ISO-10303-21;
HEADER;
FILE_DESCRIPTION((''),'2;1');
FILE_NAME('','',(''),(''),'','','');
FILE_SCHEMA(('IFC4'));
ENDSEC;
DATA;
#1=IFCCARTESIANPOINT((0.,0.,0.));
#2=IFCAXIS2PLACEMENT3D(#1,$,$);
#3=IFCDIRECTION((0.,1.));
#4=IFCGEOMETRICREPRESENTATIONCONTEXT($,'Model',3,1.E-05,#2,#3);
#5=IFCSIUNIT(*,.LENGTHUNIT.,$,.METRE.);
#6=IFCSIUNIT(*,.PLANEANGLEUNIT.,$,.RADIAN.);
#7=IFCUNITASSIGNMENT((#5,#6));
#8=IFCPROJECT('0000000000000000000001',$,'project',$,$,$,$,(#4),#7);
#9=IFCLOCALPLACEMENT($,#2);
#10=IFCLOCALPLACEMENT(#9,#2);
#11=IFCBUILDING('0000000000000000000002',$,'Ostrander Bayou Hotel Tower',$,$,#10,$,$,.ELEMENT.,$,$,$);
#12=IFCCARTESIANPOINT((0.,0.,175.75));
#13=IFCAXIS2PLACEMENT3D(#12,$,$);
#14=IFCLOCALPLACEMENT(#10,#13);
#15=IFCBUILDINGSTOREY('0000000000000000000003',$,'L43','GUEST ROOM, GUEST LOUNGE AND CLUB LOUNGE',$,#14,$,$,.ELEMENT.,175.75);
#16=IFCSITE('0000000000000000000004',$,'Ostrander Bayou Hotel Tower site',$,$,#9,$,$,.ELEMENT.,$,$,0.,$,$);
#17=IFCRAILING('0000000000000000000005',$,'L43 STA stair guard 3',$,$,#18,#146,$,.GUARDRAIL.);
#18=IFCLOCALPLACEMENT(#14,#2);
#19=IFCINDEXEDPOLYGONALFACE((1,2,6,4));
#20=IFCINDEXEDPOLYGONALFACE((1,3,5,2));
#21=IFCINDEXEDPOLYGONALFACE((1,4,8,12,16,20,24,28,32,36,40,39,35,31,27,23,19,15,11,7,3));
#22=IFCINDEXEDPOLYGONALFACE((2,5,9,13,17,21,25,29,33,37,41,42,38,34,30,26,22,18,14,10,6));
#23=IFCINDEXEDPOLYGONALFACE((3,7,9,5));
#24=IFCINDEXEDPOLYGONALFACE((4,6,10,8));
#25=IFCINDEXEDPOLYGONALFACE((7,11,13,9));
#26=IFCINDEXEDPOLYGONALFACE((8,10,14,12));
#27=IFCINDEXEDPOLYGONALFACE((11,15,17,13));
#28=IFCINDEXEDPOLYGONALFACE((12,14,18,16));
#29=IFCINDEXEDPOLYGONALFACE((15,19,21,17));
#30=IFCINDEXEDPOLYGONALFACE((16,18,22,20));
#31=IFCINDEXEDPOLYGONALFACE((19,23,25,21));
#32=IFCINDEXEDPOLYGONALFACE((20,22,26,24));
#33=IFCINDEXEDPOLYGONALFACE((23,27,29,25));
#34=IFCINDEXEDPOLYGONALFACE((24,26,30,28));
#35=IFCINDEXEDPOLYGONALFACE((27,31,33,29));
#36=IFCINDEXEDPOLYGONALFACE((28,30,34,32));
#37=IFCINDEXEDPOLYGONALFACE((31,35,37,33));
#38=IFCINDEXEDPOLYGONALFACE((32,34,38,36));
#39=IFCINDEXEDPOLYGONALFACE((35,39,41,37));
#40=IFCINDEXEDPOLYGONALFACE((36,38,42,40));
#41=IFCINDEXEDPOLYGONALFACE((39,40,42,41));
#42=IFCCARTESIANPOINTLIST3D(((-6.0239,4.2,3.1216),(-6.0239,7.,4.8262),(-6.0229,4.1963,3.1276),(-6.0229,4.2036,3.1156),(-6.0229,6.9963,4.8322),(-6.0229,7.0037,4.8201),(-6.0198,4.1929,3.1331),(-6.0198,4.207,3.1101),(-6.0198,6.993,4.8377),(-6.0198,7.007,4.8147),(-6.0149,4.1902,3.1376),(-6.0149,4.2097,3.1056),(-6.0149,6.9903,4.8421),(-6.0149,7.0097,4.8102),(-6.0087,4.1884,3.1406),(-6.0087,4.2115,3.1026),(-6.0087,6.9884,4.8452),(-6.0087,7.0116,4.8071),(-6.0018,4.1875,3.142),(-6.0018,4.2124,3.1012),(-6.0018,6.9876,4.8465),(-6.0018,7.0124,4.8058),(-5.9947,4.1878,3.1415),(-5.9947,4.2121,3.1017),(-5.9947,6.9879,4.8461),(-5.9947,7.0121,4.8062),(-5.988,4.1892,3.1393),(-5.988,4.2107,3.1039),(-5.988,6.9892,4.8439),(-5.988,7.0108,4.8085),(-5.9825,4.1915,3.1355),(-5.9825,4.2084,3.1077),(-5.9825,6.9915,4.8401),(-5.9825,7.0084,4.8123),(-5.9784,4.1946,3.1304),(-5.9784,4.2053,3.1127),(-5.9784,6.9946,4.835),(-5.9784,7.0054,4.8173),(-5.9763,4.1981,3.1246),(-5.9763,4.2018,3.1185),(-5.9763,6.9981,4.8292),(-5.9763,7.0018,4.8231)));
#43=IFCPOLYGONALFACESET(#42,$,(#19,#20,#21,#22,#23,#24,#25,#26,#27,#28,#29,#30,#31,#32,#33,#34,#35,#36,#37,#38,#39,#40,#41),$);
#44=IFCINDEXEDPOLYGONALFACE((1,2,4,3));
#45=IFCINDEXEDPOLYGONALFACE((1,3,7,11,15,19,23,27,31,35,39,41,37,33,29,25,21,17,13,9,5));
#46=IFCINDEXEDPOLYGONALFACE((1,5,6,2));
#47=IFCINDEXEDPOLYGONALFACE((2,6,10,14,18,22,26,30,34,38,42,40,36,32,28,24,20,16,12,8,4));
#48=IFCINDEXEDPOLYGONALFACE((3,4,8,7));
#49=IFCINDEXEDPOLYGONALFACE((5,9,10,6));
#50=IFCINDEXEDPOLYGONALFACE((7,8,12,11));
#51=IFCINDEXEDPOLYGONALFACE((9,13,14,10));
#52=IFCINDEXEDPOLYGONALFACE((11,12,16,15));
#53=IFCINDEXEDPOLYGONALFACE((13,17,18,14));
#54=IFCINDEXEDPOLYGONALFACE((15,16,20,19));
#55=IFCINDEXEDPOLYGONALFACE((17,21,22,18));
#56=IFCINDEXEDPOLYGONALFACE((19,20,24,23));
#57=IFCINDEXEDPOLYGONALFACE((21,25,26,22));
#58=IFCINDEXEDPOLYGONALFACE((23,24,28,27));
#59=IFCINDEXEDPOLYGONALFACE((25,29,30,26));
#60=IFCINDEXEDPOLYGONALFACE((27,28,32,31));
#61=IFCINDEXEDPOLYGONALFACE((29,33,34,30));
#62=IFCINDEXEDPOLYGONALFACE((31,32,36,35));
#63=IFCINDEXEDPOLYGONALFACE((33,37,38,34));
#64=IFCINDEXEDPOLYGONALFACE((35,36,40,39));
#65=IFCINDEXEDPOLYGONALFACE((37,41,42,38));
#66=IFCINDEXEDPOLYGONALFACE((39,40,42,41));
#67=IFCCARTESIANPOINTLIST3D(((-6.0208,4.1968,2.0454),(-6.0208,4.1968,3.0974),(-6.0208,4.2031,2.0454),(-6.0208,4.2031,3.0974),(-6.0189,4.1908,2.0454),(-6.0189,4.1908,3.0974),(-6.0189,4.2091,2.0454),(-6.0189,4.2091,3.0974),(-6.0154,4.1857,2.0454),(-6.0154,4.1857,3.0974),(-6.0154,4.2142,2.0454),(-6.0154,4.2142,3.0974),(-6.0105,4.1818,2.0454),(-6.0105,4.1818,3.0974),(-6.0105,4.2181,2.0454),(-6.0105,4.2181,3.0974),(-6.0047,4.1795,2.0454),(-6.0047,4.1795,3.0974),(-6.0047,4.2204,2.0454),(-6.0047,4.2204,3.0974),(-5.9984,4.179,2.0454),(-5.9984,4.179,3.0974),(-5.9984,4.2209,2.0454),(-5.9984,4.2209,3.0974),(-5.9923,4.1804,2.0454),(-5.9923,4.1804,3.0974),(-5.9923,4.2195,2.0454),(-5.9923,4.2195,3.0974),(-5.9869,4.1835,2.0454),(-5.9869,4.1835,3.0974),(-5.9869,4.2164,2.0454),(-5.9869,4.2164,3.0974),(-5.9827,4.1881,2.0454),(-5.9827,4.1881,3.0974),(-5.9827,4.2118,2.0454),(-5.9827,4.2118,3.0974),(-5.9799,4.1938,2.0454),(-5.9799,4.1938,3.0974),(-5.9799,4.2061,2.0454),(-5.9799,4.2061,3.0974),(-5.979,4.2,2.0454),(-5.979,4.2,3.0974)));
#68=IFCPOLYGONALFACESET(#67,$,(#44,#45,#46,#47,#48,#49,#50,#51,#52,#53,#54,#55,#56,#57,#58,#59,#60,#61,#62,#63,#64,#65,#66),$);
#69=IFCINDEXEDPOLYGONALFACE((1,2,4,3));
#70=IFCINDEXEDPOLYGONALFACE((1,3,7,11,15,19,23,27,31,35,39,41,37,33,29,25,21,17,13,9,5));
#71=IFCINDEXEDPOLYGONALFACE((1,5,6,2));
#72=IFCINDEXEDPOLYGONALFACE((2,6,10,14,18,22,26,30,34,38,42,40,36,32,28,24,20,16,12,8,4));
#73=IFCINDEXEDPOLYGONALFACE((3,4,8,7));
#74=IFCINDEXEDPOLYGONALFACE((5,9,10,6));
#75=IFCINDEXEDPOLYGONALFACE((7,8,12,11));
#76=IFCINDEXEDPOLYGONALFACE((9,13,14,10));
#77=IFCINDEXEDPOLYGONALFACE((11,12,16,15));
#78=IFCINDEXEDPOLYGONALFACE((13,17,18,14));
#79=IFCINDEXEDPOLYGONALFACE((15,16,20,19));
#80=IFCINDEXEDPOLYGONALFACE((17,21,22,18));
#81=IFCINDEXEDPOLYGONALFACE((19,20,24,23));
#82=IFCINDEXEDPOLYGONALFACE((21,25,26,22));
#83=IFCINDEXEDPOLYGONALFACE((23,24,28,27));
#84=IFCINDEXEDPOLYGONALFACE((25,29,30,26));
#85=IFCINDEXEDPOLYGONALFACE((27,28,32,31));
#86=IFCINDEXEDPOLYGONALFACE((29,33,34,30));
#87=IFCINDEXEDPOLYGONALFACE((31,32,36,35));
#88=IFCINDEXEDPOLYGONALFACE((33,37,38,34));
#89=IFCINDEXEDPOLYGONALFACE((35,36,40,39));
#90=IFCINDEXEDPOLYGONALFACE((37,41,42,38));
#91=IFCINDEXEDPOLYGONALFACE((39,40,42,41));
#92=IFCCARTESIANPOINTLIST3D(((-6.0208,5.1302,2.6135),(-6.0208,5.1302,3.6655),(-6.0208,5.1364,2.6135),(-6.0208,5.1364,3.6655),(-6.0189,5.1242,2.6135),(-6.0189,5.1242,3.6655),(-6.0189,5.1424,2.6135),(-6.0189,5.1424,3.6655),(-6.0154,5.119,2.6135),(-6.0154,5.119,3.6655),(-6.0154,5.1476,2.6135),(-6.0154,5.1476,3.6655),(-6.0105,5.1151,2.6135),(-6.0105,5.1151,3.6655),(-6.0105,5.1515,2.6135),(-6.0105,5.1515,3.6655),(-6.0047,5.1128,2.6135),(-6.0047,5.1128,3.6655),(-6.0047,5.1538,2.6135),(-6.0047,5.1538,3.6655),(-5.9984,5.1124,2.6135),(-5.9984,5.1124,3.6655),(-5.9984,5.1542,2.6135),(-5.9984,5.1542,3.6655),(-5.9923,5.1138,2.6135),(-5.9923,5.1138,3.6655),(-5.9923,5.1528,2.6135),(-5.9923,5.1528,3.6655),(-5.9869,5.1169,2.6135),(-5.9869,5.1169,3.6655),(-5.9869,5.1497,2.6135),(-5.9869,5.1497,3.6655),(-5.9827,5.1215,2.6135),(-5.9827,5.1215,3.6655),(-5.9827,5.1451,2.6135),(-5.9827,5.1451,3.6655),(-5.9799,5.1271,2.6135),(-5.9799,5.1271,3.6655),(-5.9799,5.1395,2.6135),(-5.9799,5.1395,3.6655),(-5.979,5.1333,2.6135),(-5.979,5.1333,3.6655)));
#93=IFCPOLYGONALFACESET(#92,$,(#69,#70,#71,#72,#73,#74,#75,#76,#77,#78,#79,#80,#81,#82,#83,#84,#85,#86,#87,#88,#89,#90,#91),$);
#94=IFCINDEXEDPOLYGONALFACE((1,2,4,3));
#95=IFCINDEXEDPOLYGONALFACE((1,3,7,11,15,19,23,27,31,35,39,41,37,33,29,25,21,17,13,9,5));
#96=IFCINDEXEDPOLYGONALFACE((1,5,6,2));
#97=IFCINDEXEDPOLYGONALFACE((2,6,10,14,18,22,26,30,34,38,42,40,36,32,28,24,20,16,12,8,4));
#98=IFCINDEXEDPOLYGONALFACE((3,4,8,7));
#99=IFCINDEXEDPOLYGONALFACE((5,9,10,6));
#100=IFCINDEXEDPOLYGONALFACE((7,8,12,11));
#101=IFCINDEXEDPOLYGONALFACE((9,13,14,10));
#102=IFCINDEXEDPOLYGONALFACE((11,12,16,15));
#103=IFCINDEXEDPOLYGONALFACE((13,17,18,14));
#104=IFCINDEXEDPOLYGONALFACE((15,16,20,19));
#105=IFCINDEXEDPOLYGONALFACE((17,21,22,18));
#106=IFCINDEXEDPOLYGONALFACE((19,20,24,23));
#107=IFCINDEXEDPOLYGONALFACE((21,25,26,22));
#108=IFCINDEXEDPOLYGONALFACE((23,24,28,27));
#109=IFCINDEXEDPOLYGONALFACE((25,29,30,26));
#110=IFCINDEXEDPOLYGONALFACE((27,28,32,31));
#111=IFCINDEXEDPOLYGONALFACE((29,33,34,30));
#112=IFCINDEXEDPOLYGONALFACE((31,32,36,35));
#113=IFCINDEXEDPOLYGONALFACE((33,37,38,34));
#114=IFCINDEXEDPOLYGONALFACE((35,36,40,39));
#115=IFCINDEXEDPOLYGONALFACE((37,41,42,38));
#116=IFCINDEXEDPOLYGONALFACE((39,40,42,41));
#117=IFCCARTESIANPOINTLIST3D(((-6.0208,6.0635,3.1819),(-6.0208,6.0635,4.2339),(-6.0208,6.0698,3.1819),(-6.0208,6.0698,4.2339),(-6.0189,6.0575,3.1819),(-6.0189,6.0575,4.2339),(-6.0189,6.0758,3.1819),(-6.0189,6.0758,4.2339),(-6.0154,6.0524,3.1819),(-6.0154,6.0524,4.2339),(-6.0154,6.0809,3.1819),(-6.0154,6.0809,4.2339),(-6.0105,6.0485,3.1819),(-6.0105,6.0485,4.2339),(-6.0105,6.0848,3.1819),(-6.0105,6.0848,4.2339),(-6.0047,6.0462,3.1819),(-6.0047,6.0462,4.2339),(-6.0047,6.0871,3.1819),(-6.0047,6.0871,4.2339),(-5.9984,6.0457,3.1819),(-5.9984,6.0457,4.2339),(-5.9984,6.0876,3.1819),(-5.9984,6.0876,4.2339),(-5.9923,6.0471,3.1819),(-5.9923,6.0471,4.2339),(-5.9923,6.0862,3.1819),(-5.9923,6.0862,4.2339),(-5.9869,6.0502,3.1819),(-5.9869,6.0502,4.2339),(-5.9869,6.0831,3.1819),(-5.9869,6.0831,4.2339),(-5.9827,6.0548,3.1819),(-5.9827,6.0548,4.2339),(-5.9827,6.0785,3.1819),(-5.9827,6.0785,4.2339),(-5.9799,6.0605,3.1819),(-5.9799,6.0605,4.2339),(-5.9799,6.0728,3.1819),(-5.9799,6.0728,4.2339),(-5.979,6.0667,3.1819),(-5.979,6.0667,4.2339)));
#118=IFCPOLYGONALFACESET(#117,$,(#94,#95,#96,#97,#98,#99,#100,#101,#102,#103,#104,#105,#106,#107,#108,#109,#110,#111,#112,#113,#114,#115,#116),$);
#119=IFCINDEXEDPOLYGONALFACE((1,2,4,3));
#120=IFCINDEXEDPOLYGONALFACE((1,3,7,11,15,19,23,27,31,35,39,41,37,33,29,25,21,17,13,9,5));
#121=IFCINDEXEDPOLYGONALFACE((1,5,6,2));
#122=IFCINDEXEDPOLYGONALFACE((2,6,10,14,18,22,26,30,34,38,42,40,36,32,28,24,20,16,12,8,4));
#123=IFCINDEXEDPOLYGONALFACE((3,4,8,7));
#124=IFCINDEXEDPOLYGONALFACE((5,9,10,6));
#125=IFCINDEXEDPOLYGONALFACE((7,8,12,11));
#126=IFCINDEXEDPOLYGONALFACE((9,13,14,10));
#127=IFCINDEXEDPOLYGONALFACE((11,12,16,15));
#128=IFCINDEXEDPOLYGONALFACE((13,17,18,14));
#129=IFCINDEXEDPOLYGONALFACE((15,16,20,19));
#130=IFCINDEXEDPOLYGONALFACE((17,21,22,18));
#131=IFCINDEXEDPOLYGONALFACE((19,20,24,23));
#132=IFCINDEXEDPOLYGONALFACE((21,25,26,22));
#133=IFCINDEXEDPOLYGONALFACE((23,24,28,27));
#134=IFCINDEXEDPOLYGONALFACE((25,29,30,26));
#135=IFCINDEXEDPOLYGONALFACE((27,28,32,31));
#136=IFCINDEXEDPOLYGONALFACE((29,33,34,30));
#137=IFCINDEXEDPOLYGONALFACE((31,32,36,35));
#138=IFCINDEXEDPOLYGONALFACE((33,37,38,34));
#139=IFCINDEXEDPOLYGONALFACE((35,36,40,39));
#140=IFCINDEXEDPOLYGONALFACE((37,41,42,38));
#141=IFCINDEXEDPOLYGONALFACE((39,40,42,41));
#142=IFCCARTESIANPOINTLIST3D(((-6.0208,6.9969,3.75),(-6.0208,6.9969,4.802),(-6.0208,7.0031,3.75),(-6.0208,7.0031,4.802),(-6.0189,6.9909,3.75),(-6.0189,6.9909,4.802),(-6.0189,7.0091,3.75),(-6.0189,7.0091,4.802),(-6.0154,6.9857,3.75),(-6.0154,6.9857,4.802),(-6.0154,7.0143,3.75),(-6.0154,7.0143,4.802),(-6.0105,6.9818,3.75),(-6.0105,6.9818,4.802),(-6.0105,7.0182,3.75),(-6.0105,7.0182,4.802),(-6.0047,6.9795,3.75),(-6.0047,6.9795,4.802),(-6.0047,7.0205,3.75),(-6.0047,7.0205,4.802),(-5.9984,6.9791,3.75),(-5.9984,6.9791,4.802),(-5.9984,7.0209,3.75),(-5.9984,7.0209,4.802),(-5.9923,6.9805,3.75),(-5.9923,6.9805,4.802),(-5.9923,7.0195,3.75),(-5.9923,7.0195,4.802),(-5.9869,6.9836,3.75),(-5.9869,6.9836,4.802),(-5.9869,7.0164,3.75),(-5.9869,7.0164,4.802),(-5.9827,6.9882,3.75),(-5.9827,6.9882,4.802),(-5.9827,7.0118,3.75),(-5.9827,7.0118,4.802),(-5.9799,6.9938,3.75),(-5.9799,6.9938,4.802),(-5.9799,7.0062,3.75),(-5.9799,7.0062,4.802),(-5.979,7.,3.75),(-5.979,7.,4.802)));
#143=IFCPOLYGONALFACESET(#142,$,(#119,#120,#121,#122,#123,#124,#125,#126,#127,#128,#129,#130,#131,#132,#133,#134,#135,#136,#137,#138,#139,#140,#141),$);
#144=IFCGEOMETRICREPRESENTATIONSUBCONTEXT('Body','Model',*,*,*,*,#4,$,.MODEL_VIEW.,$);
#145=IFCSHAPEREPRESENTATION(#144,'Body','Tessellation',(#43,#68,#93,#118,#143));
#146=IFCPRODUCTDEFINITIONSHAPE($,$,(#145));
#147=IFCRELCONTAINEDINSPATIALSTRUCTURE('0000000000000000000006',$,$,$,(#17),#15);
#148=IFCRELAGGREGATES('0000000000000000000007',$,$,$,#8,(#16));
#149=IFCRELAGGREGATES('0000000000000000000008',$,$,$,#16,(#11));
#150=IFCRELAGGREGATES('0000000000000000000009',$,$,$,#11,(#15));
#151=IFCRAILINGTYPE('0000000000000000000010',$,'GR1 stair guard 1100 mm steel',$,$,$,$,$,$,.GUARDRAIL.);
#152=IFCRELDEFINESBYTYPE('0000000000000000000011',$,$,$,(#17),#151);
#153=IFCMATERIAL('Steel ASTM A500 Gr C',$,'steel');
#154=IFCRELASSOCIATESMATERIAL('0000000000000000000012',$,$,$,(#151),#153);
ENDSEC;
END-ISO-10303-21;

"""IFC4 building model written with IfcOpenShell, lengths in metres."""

from ifc_helpers import new_model, si_unit, direction, frame, origin, origin_2d, place, context, subcontext, project, spatial, circle, extrude, material, type_object, element, save


model = new_model("IFC4")

# Units and contexts
model_context = context("Model", 3, precision=1e-05, world=origin(), true_north=direction((0.0, 1.0)))
body_context = subcontext(model_context, "Body", "Model", "MODEL_VIEW")
ifc_project = project(units=[si_unit("LENGTHUNIT", "METRE"), si_unit("PLANEANGLEUNIT", "RADIAN")], contexts=[model_context])

# Site, building, storey
site_placement = place(None, origin())
site = spatial("IfcSite", under=ifc_project, at=site_placement, Name="Ostrander Bayou Hotel Tower site", CompositionType="ELEMENT", RefElevation=0.0)
building_placement = place(site_placement, origin())
building = spatial("IfcBuilding", under=site, at=building_placement, Name="Ostrander Bayou Hotel Tower", CompositionType="ELEMENT")
storey_placement = place(building_placement, frame((0.0, 0.0, 175.75)))
storey = spatial("IfcBuildingStorey", under=building, at=storey_placement, Name="L43", Description="GUEST ROOM, GUEST LOUNGE AND CLUB LOUNGE", CompositionType="ELEMENT", Elevation=175.75)

# Railing
ifc_material_1 = material(Name="Steel ASTM A500 Gr C", Category="steel")
railing_type_1 = type_object("IfcRailingType", Name="GR1 stair guard 1100 mm steel", PredefinedType="GUARDRAIL", material=ifc_material_1)
railing_1_placement = place(storey_placement, frame((-6.0, 4.2, 2.0454)))
element("IfcRailing", 1, at=railing_1_placement, inside=storey, type_object=railing_type_1, Name="L43 STA stair guard 3", PredefinedType="GUARDRAIL", context=body_context, shape_type="SweptSolid", body=[
    extrude(circle(Radius=0.0239, at=origin_2d()), frame((0.0, 0.0, 1.0762), z_axis=(0.0, 0.85417, 0.519994), x_axis=(-1.0, 0.0, 0.0)), (0.0, 0.0, 1.0), 3.2781),
    extrude(circle(Radius=0.021, at=origin_2d()), origin(), (0.0, 0.0, 1.0), 1.052),
    extrude(circle(Radius=0.021, at=origin_2d()), frame((0.0, 0.9333, 0.5681)), (0.0, 0.0, 1.0), 1.052),
    extrude(circle(Radius=0.021, at=origin_2d()), frame((0.0, 1.8667, 1.1365)), (0.0, 0.0, 1.0), 1.052),
    extrude(circle(Radius=0.021, at=origin_2d()), frame((0.0, 2.8, 1.7046)), (0.0, 0.0, 1.0), 1.052),
])

save(model, "model.ifc")
